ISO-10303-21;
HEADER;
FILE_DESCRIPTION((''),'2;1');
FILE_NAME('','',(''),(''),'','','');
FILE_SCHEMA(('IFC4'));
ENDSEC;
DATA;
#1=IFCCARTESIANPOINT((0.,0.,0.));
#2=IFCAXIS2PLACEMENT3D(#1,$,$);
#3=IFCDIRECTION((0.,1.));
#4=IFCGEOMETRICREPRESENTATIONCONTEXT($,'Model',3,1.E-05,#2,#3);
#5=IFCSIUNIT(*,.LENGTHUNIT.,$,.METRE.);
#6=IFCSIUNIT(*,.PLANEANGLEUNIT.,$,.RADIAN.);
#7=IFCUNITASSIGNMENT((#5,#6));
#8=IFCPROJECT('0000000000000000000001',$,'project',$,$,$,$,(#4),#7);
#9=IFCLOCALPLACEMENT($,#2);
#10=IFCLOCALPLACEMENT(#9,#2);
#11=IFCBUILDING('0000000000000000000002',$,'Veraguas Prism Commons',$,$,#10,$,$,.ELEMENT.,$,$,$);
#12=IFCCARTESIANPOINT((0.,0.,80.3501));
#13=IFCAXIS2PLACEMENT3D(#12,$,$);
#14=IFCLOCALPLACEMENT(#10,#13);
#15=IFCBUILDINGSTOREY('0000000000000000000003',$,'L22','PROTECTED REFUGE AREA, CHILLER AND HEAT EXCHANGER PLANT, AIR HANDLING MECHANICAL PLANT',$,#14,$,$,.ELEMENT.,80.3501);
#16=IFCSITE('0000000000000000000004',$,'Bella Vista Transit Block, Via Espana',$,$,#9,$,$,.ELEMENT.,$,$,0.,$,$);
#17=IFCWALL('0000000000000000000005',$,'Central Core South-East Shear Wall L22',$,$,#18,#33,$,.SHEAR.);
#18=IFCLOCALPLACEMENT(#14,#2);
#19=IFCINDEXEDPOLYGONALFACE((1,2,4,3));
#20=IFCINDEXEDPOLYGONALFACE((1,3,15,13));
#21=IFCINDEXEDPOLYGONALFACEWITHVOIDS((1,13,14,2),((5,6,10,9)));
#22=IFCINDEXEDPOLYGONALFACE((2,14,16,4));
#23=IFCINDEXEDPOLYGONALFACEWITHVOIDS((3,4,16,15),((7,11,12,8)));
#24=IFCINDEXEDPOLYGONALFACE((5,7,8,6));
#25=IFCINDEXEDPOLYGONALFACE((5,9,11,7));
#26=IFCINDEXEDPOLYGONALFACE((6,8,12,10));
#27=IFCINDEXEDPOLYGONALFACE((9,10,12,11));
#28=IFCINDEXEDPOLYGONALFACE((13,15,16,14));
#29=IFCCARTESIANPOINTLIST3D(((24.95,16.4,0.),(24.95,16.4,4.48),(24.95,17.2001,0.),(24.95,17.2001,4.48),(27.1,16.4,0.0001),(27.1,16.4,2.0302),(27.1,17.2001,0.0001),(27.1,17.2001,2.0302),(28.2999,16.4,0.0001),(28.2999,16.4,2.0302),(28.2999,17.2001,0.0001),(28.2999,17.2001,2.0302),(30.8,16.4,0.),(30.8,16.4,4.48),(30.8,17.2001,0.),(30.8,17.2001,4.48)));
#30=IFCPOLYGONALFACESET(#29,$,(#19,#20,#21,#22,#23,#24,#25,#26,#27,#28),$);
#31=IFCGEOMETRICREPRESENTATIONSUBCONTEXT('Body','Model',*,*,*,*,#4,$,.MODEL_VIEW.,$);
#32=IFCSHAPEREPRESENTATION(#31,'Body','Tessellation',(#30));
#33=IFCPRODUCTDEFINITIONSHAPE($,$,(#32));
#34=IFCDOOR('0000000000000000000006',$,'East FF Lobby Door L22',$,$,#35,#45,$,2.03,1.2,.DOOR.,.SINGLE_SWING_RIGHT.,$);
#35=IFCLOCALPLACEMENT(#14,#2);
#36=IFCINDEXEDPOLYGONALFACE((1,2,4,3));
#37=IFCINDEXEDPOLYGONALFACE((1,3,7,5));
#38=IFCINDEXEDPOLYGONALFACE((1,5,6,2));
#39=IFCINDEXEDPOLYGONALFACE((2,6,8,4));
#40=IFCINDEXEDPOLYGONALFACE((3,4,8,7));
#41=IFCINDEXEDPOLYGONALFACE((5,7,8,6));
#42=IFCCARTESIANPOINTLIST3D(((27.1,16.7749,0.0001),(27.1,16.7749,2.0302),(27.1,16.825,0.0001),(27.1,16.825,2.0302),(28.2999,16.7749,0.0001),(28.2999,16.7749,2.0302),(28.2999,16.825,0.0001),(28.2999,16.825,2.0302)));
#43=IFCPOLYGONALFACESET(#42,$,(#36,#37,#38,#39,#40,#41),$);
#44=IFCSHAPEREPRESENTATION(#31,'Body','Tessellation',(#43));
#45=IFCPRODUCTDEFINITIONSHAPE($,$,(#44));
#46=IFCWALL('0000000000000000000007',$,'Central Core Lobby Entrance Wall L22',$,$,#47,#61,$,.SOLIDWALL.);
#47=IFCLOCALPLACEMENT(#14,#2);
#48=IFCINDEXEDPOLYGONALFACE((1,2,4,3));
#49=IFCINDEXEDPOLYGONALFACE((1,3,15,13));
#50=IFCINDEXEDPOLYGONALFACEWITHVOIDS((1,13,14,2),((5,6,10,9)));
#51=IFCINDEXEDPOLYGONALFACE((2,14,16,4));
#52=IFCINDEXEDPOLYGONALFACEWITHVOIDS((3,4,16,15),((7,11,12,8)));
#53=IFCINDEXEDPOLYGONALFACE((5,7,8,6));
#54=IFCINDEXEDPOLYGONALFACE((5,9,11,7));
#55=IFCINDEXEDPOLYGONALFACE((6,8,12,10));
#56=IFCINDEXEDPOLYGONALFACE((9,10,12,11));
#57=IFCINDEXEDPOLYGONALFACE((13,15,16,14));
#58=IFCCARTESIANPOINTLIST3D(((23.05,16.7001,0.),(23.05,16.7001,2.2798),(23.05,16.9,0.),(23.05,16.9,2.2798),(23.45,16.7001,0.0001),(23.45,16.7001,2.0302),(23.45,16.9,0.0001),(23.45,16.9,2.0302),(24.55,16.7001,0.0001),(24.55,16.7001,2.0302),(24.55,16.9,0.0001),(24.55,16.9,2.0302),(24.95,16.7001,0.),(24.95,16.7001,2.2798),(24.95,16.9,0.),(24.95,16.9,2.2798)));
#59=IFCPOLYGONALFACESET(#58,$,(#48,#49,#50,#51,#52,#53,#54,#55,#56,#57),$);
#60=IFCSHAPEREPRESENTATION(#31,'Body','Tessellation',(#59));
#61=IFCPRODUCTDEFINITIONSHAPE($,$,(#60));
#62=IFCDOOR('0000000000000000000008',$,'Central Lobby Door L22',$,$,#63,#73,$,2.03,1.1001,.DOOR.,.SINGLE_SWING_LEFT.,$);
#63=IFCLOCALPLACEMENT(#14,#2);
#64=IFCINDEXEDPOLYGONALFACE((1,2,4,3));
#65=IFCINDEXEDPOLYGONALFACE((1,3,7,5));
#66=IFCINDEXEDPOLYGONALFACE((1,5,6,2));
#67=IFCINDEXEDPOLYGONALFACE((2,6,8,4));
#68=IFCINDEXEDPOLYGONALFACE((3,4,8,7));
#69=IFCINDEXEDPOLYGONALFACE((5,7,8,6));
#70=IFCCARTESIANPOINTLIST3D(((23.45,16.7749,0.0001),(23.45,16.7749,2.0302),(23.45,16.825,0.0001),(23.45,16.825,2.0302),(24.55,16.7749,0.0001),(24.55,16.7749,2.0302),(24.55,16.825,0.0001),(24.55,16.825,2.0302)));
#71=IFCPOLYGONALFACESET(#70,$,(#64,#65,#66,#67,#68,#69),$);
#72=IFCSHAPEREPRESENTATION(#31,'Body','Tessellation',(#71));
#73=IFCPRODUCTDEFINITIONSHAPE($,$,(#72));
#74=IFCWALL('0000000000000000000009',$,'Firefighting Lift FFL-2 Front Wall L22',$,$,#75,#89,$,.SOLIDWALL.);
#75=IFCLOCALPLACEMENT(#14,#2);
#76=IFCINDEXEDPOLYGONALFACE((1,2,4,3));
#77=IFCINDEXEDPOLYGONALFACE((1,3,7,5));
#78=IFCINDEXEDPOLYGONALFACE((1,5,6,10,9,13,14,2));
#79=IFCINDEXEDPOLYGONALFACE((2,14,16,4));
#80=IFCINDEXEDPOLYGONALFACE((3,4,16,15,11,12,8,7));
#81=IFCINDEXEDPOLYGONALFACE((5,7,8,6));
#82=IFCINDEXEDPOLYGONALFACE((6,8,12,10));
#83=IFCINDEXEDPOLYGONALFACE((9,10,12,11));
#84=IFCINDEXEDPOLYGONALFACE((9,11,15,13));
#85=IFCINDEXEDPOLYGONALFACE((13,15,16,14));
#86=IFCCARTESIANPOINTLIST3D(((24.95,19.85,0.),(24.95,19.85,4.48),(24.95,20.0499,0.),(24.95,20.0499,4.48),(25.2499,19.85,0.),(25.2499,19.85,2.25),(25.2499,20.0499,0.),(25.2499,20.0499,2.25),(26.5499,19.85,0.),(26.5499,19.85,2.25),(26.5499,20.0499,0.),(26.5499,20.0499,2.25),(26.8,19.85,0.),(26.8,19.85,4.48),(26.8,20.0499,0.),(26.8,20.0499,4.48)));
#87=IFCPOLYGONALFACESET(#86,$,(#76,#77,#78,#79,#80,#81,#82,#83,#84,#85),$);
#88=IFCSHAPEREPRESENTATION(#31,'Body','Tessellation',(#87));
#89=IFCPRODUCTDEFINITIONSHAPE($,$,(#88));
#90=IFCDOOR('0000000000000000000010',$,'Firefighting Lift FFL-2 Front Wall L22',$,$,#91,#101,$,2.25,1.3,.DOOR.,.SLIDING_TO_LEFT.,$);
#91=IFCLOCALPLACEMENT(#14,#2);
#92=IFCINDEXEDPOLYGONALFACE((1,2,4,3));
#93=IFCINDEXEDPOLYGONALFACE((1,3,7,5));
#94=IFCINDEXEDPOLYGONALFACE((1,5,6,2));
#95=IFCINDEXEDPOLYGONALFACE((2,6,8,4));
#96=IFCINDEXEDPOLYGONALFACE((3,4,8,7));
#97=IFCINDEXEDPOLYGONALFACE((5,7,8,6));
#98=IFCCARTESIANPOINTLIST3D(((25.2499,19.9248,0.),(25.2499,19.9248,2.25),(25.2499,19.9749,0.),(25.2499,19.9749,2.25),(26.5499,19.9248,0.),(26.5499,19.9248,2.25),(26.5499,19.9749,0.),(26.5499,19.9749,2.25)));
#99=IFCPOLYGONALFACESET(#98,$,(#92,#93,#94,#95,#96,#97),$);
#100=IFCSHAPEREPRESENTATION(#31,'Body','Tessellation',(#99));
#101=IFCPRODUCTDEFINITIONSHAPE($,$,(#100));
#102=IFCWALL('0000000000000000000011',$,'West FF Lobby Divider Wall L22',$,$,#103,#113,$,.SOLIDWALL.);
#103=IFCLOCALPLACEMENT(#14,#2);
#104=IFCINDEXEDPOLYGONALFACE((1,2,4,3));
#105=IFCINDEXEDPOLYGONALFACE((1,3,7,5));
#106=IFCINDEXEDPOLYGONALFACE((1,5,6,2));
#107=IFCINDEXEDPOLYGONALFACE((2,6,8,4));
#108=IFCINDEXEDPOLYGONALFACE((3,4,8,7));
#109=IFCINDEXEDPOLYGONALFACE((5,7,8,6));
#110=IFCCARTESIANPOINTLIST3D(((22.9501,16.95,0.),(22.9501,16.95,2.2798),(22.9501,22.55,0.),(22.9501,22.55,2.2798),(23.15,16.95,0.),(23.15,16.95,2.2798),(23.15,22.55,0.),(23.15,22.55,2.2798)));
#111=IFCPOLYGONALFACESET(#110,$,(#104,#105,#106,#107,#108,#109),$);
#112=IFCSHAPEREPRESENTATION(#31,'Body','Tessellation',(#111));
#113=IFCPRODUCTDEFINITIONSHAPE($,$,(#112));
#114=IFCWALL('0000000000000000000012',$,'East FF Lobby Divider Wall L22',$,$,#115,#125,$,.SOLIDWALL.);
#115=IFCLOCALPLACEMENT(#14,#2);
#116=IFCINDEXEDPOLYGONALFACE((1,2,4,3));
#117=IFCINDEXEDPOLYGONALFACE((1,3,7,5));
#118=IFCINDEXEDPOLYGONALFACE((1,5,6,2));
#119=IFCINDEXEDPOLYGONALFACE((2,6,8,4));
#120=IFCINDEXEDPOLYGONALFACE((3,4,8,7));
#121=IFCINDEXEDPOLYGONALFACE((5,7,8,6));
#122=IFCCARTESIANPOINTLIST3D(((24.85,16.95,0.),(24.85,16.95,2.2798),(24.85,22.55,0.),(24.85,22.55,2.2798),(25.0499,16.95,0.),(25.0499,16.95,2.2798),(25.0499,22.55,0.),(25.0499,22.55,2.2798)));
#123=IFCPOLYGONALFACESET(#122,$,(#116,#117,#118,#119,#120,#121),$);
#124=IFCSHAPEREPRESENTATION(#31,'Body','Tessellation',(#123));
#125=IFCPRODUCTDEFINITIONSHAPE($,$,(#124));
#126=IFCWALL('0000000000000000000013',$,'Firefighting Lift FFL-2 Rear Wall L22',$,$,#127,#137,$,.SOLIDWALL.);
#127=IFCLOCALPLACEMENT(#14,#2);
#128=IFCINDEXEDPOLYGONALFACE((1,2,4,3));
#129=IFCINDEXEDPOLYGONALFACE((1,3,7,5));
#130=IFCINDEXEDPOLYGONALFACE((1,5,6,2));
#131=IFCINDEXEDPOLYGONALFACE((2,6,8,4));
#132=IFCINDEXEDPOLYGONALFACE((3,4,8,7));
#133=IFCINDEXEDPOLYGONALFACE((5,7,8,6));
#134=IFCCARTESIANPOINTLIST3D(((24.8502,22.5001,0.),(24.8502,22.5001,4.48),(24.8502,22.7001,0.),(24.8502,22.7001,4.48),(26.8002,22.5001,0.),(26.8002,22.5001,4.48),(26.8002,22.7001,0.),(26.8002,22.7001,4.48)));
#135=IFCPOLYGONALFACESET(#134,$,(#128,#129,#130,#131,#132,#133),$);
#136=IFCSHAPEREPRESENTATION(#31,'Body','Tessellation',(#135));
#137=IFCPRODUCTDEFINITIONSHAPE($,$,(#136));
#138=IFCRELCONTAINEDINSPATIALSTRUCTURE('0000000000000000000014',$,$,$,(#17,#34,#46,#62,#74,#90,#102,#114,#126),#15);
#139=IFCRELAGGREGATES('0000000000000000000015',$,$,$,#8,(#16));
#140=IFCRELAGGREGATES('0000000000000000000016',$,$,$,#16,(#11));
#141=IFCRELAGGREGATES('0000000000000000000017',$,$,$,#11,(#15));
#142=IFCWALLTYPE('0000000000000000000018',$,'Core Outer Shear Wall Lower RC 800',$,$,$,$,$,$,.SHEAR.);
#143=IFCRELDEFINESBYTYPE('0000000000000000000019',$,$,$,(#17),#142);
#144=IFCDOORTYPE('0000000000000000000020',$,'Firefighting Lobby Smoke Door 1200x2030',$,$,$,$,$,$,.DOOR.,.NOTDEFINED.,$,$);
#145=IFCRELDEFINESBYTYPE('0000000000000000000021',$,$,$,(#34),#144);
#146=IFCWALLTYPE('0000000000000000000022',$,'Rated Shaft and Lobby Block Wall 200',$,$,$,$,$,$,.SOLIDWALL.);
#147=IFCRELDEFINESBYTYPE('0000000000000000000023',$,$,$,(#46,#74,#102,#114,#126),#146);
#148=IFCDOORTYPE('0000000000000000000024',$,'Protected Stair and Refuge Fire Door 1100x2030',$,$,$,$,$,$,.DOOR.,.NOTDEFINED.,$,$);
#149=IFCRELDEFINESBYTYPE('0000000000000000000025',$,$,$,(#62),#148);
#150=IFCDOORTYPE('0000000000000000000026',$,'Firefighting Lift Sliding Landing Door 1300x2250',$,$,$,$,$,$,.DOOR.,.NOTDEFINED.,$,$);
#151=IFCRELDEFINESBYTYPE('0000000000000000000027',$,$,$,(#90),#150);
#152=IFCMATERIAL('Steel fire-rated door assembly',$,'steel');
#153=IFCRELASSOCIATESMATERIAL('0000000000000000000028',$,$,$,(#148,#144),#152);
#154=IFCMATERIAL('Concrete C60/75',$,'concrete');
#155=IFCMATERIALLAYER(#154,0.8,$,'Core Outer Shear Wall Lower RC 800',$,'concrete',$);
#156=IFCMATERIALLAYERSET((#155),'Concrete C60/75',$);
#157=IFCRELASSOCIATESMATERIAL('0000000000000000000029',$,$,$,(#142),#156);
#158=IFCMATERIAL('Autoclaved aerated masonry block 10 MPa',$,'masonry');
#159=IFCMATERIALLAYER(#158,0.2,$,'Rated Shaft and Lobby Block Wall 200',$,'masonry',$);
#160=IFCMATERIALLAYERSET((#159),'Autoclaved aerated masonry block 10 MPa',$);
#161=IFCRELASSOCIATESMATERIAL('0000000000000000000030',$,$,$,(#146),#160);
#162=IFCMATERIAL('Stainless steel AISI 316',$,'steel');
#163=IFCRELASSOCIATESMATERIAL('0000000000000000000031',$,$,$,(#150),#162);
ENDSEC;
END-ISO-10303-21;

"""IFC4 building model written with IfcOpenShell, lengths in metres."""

from ifc_helpers import new_model, si_unit, direction, frame, frame_2d, origin, place, context, subcontext, project, spatial, rectangle, extrude, source, transform, mapped, material, layer, layer_set, type_object, element, fill, save


model = new_model("IFC4")

# Units and contexts
model_context = context("Model", 3, precision=1e-05, world=origin(), true_north=direction((0.0, 1.0)))
body_context = subcontext(model_context, "Body", "Model", "MODEL_VIEW")
ifc_project = project(units=[si_unit("LENGTHUNIT", "METRE"), si_unit("PLANEANGLEUNIT", "RADIAN")], contexts=[model_context])

# Site, building, storey
site_placement = place(None, origin())
site = spatial("IfcSite", under=ifc_project, at=site_placement, Name="Bella Vista Transit Block, Via Espana", CompositionType="ELEMENT", RefElevation=0.0)
building_placement = place(site_placement, origin())
building = spatial("IfcBuilding", under=site, at=building_placement, Name="Veraguas Prism Commons", CompositionType="ELEMENT")
storey_placement = place(building_placement, frame((0.0, 0.0, 80.3501)))
storey = spatial("IfcBuildingStorey", under=building, at=storey_placement, Name="L22", Description="PROTECTED REFUGE AREA, CHILLER AND HEAT EXCHANGER PLANT, AIR HANDLING MECHANICAL PLANT", CompositionType="ELEMENT", Elevation=80.3501)

# Shared definitions
ifc_material_1 = material(Name="Concrete C60/75", Category="concrete")

# Shared definitions
ifc_material_2 = material(Name="Steel fire-rated door assembly", Category="steel")
door_type_1 = type_object("IfcDoorType", Name="Protected Stair and Refuge Fire Door 1100x2030", OperationType="NOTDEFINED", PredefinedType="DOOR", material=ifc_material_2)
shared_shape_1 = source(origin(), body_context, "Body", "SweptSolid", [
    extrude(rectangle(XDim=1.1001, YDim=2.03, at=frame_2d((0.55, 1.0151))), frame((0.0, 0.0249, 0.0), z_axis=(0.0, -1.0, 0.0), x_axis=(1.0, 0.0, 0.0)), (0.0, 0.0, 1.0), 0.05),
])

# Shared definitions
ifc_layer_1 = layer(ifc_material_1, 0.8, Name="Core Outer Shear Wall Lower RC 800", Category="concrete")
ifc_layer_set_1 = layer_set([ifc_layer_1], Name="Concrete C60/75")
wall_type_1 = type_object("IfcWallType", Name="Core Outer Shear Wall Lower RC 800", PredefinedType="SHEAR", material=ifc_layer_set_1)

# Walls, openings, doors
wall_1_placement = place(storey_placement, frame((24.95, 16.8, 0.0), z_axis=(0.0, 0.0, 1.0), x_axis=(1.0, 0.0, 0.0)))
wall_1 = element("IfcWall", 1, at=wall_1_placement, inside=storey, type_object=wall_type_1, Name="Central Core South-East Shear Wall L22", PredefinedType="SHEAR", context=body_context, shape_type="SweptSolid", body=[
    extrude(rectangle(XDim=5.8501, YDim=0.8, at=frame_2d((2.925, 0.0))), origin(), (0.0, 0.0, 1.0), 4.48),
])
opening_1_placement = place(wall_1_placement, frame((2.1499, 0.0, 0.0)))
opening_1 = element("IfcOpeningElement", 2, at=opening_1_placement, cuts=wall_1, PredefinedType="OPENING", context=body_context, shape_type="SweptSolid", body=[
    extrude(rectangle(XDim=1.2, YDim=2.03, at=frame_2d((0.6001, 1.0151))), frame((0.0, 0.4099, 0.0), z_axis=(0.0, -1.0, 0.0), x_axis=(1.0, 0.0, 0.0)), (0.0, 0.0, 1.0), 0.8201),
])
door_type_2 = type_object("IfcDoorType", Name="Firefighting Lobby Smoke Door 1200x2030", OperationType="NOTDEFINED", PredefinedType="DOOR", material=ifc_material_2)
shared_shape_2 = source(origin(), body_context, "Body", "SweptSolid", [
    extrude(rectangle(XDim=1.2, YDim=2.03, at=frame_2d((0.6001, 1.0151))), frame((0.0, 0.0249, 0.0), z_axis=(0.0, -1.0, 0.0), x_axis=(1.0, 0.0, 0.0)), (0.0, 0.0, 1.0), 0.05),
])
door_1_placement = place(opening_1_placement, origin())
door_1 = element("IfcDoor", 3, at=door_1_placement, inside=storey, type_object=door_type_2, Name="East FF Lobby Door L22", OperationType="SINGLE_SWING_RIGHT", OverallHeight=2.03, OverallWidth=1.2, PredefinedType="DOOR", context=body_context, shape_type="MappedRepresentation", body=[
    mapped(shared_shape_2, transform((0.0, 0.0, 0.0), scale=1.0)),
])
fill(opening_1, door_1)
ifc_material_3 = material(Name="Autoclaved aerated masonry block 10 MPa", Category="masonry")
ifc_layer_2 = layer(ifc_material_3, 0.2, Name="Rated Shaft and Lobby Block Wall 200", Category="masonry")
ifc_layer_set_2 = layer_set([ifc_layer_2], Name="Autoclaved aerated masonry block 10 MPa")
wall_type_2 = type_object("IfcWallType", Name="Rated Shaft and Lobby Block Wall 200", PredefinedType="SOLIDWALL", material=ifc_layer_set_2)
wall_2_placement = place(storey_placement, frame((23.05, 16.8, 0.0), z_axis=(0.0, 0.0, 1.0), x_axis=(1.0, 0.0, 0.0)))
wall_2 = element("IfcWall", 4, at=wall_2_placement, inside=storey, type_object=wall_type_2, Name="Central Core Lobby Entrance Wall L22", PredefinedType="SOLIDWALL", context=body_context, shape_type="SweptSolid", body=[
    extrude(rectangle(XDim=1.8999, YDim=0.2, at=frame_2d((0.95, 0.0))), origin(), (0.0, 0.0, 1.0), 2.2798),
])
opening_2_placement = place(wall_2_placement, frame((0.3999, 0.0, 0.0)))
opening_2 = element("IfcOpeningElement", 5, at=opening_2_placement, cuts=wall_2, PredefinedType="OPENING", context=body_context, shape_type="SweptSolid", body=[
    extrude(rectangle(XDim=1.1001, YDim=2.03, at=frame_2d((0.55, 1.0151))), frame((0.0, 0.1099, 0.0), z_axis=(0.0, -1.0, 0.0), x_axis=(1.0, 0.0, 0.0)), (0.0, 0.0, 1.0), 0.22),
])
door_2_placement = place(opening_2_placement, origin())
door_2 = element("IfcDoor", 6, at=door_2_placement, inside=storey, type_object=door_type_1, Name="Central Lobby Door L22", OperationType="SINGLE_SWING_LEFT", OverallHeight=2.03, OverallWidth=1.1001, PredefinedType="DOOR", context=body_context, shape_type="MappedRepresentation", body=[
    mapped(shared_shape_1, transform((0.0, 0.0, 0.0), scale=1.0)),
])
fill(opening_2, door_2)
wall_3_placement = place(storey_placement, frame((24.95, 19.95, 0.0), z_axis=(0.0, 0.0, 1.0), x_axis=(1.0, 0.0, 0.0)))
wall_3 = element("IfcWall", 7, at=wall_3_placement, inside=storey, type_object=wall_type_2, Name="Firefighting Lift FFL-2 Front Wall L22", PredefinedType="SOLIDWALL", context=body_context, shape_type="SweptSolid", body=[
    extrude(rectangle(XDim=1.8501, YDim=0.2, at=frame_2d((0.925, 0.0))), origin(), (0.0, 0.0, 1.0), 4.48),
])
opening_3_placement = place(wall_3_placement, frame((0.3, 0.0, 0.0)))
opening_3 = element("IfcOpeningElement", 8, at=opening_3_placement, cuts=wall_3, PredefinedType="OPENING", context=body_context, shape_type="SweptSolid", body=[
    extrude(rectangle(XDim=1.3, YDim=2.25, at=frame_2d((0.6499, 1.125))), frame((0.0, 0.1099, 0.0), z_axis=(0.0, -1.0, 0.0), x_axis=(1.0, 0.0, 0.0)), (0.0, 0.0, 1.0), 0.22),
])
ifc_material_4 = material(Name="Stainless steel AISI 316", Category="steel")
door_type_3 = type_object("IfcDoorType", Name="Firefighting Lift Sliding Landing Door 1300x2250", OperationType="NOTDEFINED", PredefinedType="DOOR", material=ifc_material_4)
shared_shape_3 = source(origin(), body_context, "Body", "SweptSolid", [
    extrude(rectangle(XDim=1.3, YDim=2.25, at=frame_2d((0.6499, 1.125))), frame((0.0, 0.0249, 0.0), z_axis=(0.0, -1.0, 0.0), x_axis=(1.0, 0.0, 0.0)), (0.0, 0.0, 1.0), 0.05),
])
door_3_placement = place(opening_3_placement, origin())
door_3 = element("IfcDoor", 9, at=door_3_placement, inside=storey, type_object=door_type_3, Name="Firefighting Lift FFL-2 Front Wall L22", OperationType="SLIDING_TO_LEFT", OverallHeight=2.25, OverallWidth=1.3, PredefinedType="DOOR", context=body_context, shape_type="MappedRepresentation", body=[
    mapped(shared_shape_3, transform((0.0, 0.0, 0.0), scale=1.0)),
])
fill(opening_3, door_3)

# Walls
for number, where, z_axis, x_axis, name in (
    (10, (23.05, 16.95, 0.0), (0.0, 0.0, 1.0), (0.0, 1.0, 0.0), "West FF Lobby Divider Wall L22"),
    (11, (24.95, 16.95, 0.0), (0.0, 0.0, 1.0), (0.0, 1.0, 0.0), "East FF Lobby Divider Wall L22"),
):
    element("IfcWall", number, at=place(storey_placement, frame(where, z_axis=z_axis, x_axis=x_axis)), inside=storey, type_object=wall_type_2, Name=name, PredefinedType="SOLIDWALL", context=body_context, shape_type="SweptSolid", body=[
        extrude(rectangle(XDim=5.6001, YDim=0.2, at=frame_2d((2.8, 0.0))), origin(), (0.0, 0.0, 1.0), 2.2798),
    ])
wall_4_placement = place(storey_placement, frame((24.8501, 22.6001, 0.0), z_axis=(0.0, 0.0, 1.0), x_axis=(1.0, 0.0, 0.0)))
element("IfcWall", 12, at=wall_4_placement, inside=storey, type_object=wall_type_2, Name="Firefighting Lift FFL-2 Rear Wall L22", PredefinedType="SOLIDWALL", context=body_context, shape_type="SweptSolid", body=[
    extrude(rectangle(XDim=1.95, YDim=0.2, at=frame_2d((0.9751, 0.0))), origin(), (0.0, 0.0, 1.0), 4.48),
])

save(model, "model.ifc")
